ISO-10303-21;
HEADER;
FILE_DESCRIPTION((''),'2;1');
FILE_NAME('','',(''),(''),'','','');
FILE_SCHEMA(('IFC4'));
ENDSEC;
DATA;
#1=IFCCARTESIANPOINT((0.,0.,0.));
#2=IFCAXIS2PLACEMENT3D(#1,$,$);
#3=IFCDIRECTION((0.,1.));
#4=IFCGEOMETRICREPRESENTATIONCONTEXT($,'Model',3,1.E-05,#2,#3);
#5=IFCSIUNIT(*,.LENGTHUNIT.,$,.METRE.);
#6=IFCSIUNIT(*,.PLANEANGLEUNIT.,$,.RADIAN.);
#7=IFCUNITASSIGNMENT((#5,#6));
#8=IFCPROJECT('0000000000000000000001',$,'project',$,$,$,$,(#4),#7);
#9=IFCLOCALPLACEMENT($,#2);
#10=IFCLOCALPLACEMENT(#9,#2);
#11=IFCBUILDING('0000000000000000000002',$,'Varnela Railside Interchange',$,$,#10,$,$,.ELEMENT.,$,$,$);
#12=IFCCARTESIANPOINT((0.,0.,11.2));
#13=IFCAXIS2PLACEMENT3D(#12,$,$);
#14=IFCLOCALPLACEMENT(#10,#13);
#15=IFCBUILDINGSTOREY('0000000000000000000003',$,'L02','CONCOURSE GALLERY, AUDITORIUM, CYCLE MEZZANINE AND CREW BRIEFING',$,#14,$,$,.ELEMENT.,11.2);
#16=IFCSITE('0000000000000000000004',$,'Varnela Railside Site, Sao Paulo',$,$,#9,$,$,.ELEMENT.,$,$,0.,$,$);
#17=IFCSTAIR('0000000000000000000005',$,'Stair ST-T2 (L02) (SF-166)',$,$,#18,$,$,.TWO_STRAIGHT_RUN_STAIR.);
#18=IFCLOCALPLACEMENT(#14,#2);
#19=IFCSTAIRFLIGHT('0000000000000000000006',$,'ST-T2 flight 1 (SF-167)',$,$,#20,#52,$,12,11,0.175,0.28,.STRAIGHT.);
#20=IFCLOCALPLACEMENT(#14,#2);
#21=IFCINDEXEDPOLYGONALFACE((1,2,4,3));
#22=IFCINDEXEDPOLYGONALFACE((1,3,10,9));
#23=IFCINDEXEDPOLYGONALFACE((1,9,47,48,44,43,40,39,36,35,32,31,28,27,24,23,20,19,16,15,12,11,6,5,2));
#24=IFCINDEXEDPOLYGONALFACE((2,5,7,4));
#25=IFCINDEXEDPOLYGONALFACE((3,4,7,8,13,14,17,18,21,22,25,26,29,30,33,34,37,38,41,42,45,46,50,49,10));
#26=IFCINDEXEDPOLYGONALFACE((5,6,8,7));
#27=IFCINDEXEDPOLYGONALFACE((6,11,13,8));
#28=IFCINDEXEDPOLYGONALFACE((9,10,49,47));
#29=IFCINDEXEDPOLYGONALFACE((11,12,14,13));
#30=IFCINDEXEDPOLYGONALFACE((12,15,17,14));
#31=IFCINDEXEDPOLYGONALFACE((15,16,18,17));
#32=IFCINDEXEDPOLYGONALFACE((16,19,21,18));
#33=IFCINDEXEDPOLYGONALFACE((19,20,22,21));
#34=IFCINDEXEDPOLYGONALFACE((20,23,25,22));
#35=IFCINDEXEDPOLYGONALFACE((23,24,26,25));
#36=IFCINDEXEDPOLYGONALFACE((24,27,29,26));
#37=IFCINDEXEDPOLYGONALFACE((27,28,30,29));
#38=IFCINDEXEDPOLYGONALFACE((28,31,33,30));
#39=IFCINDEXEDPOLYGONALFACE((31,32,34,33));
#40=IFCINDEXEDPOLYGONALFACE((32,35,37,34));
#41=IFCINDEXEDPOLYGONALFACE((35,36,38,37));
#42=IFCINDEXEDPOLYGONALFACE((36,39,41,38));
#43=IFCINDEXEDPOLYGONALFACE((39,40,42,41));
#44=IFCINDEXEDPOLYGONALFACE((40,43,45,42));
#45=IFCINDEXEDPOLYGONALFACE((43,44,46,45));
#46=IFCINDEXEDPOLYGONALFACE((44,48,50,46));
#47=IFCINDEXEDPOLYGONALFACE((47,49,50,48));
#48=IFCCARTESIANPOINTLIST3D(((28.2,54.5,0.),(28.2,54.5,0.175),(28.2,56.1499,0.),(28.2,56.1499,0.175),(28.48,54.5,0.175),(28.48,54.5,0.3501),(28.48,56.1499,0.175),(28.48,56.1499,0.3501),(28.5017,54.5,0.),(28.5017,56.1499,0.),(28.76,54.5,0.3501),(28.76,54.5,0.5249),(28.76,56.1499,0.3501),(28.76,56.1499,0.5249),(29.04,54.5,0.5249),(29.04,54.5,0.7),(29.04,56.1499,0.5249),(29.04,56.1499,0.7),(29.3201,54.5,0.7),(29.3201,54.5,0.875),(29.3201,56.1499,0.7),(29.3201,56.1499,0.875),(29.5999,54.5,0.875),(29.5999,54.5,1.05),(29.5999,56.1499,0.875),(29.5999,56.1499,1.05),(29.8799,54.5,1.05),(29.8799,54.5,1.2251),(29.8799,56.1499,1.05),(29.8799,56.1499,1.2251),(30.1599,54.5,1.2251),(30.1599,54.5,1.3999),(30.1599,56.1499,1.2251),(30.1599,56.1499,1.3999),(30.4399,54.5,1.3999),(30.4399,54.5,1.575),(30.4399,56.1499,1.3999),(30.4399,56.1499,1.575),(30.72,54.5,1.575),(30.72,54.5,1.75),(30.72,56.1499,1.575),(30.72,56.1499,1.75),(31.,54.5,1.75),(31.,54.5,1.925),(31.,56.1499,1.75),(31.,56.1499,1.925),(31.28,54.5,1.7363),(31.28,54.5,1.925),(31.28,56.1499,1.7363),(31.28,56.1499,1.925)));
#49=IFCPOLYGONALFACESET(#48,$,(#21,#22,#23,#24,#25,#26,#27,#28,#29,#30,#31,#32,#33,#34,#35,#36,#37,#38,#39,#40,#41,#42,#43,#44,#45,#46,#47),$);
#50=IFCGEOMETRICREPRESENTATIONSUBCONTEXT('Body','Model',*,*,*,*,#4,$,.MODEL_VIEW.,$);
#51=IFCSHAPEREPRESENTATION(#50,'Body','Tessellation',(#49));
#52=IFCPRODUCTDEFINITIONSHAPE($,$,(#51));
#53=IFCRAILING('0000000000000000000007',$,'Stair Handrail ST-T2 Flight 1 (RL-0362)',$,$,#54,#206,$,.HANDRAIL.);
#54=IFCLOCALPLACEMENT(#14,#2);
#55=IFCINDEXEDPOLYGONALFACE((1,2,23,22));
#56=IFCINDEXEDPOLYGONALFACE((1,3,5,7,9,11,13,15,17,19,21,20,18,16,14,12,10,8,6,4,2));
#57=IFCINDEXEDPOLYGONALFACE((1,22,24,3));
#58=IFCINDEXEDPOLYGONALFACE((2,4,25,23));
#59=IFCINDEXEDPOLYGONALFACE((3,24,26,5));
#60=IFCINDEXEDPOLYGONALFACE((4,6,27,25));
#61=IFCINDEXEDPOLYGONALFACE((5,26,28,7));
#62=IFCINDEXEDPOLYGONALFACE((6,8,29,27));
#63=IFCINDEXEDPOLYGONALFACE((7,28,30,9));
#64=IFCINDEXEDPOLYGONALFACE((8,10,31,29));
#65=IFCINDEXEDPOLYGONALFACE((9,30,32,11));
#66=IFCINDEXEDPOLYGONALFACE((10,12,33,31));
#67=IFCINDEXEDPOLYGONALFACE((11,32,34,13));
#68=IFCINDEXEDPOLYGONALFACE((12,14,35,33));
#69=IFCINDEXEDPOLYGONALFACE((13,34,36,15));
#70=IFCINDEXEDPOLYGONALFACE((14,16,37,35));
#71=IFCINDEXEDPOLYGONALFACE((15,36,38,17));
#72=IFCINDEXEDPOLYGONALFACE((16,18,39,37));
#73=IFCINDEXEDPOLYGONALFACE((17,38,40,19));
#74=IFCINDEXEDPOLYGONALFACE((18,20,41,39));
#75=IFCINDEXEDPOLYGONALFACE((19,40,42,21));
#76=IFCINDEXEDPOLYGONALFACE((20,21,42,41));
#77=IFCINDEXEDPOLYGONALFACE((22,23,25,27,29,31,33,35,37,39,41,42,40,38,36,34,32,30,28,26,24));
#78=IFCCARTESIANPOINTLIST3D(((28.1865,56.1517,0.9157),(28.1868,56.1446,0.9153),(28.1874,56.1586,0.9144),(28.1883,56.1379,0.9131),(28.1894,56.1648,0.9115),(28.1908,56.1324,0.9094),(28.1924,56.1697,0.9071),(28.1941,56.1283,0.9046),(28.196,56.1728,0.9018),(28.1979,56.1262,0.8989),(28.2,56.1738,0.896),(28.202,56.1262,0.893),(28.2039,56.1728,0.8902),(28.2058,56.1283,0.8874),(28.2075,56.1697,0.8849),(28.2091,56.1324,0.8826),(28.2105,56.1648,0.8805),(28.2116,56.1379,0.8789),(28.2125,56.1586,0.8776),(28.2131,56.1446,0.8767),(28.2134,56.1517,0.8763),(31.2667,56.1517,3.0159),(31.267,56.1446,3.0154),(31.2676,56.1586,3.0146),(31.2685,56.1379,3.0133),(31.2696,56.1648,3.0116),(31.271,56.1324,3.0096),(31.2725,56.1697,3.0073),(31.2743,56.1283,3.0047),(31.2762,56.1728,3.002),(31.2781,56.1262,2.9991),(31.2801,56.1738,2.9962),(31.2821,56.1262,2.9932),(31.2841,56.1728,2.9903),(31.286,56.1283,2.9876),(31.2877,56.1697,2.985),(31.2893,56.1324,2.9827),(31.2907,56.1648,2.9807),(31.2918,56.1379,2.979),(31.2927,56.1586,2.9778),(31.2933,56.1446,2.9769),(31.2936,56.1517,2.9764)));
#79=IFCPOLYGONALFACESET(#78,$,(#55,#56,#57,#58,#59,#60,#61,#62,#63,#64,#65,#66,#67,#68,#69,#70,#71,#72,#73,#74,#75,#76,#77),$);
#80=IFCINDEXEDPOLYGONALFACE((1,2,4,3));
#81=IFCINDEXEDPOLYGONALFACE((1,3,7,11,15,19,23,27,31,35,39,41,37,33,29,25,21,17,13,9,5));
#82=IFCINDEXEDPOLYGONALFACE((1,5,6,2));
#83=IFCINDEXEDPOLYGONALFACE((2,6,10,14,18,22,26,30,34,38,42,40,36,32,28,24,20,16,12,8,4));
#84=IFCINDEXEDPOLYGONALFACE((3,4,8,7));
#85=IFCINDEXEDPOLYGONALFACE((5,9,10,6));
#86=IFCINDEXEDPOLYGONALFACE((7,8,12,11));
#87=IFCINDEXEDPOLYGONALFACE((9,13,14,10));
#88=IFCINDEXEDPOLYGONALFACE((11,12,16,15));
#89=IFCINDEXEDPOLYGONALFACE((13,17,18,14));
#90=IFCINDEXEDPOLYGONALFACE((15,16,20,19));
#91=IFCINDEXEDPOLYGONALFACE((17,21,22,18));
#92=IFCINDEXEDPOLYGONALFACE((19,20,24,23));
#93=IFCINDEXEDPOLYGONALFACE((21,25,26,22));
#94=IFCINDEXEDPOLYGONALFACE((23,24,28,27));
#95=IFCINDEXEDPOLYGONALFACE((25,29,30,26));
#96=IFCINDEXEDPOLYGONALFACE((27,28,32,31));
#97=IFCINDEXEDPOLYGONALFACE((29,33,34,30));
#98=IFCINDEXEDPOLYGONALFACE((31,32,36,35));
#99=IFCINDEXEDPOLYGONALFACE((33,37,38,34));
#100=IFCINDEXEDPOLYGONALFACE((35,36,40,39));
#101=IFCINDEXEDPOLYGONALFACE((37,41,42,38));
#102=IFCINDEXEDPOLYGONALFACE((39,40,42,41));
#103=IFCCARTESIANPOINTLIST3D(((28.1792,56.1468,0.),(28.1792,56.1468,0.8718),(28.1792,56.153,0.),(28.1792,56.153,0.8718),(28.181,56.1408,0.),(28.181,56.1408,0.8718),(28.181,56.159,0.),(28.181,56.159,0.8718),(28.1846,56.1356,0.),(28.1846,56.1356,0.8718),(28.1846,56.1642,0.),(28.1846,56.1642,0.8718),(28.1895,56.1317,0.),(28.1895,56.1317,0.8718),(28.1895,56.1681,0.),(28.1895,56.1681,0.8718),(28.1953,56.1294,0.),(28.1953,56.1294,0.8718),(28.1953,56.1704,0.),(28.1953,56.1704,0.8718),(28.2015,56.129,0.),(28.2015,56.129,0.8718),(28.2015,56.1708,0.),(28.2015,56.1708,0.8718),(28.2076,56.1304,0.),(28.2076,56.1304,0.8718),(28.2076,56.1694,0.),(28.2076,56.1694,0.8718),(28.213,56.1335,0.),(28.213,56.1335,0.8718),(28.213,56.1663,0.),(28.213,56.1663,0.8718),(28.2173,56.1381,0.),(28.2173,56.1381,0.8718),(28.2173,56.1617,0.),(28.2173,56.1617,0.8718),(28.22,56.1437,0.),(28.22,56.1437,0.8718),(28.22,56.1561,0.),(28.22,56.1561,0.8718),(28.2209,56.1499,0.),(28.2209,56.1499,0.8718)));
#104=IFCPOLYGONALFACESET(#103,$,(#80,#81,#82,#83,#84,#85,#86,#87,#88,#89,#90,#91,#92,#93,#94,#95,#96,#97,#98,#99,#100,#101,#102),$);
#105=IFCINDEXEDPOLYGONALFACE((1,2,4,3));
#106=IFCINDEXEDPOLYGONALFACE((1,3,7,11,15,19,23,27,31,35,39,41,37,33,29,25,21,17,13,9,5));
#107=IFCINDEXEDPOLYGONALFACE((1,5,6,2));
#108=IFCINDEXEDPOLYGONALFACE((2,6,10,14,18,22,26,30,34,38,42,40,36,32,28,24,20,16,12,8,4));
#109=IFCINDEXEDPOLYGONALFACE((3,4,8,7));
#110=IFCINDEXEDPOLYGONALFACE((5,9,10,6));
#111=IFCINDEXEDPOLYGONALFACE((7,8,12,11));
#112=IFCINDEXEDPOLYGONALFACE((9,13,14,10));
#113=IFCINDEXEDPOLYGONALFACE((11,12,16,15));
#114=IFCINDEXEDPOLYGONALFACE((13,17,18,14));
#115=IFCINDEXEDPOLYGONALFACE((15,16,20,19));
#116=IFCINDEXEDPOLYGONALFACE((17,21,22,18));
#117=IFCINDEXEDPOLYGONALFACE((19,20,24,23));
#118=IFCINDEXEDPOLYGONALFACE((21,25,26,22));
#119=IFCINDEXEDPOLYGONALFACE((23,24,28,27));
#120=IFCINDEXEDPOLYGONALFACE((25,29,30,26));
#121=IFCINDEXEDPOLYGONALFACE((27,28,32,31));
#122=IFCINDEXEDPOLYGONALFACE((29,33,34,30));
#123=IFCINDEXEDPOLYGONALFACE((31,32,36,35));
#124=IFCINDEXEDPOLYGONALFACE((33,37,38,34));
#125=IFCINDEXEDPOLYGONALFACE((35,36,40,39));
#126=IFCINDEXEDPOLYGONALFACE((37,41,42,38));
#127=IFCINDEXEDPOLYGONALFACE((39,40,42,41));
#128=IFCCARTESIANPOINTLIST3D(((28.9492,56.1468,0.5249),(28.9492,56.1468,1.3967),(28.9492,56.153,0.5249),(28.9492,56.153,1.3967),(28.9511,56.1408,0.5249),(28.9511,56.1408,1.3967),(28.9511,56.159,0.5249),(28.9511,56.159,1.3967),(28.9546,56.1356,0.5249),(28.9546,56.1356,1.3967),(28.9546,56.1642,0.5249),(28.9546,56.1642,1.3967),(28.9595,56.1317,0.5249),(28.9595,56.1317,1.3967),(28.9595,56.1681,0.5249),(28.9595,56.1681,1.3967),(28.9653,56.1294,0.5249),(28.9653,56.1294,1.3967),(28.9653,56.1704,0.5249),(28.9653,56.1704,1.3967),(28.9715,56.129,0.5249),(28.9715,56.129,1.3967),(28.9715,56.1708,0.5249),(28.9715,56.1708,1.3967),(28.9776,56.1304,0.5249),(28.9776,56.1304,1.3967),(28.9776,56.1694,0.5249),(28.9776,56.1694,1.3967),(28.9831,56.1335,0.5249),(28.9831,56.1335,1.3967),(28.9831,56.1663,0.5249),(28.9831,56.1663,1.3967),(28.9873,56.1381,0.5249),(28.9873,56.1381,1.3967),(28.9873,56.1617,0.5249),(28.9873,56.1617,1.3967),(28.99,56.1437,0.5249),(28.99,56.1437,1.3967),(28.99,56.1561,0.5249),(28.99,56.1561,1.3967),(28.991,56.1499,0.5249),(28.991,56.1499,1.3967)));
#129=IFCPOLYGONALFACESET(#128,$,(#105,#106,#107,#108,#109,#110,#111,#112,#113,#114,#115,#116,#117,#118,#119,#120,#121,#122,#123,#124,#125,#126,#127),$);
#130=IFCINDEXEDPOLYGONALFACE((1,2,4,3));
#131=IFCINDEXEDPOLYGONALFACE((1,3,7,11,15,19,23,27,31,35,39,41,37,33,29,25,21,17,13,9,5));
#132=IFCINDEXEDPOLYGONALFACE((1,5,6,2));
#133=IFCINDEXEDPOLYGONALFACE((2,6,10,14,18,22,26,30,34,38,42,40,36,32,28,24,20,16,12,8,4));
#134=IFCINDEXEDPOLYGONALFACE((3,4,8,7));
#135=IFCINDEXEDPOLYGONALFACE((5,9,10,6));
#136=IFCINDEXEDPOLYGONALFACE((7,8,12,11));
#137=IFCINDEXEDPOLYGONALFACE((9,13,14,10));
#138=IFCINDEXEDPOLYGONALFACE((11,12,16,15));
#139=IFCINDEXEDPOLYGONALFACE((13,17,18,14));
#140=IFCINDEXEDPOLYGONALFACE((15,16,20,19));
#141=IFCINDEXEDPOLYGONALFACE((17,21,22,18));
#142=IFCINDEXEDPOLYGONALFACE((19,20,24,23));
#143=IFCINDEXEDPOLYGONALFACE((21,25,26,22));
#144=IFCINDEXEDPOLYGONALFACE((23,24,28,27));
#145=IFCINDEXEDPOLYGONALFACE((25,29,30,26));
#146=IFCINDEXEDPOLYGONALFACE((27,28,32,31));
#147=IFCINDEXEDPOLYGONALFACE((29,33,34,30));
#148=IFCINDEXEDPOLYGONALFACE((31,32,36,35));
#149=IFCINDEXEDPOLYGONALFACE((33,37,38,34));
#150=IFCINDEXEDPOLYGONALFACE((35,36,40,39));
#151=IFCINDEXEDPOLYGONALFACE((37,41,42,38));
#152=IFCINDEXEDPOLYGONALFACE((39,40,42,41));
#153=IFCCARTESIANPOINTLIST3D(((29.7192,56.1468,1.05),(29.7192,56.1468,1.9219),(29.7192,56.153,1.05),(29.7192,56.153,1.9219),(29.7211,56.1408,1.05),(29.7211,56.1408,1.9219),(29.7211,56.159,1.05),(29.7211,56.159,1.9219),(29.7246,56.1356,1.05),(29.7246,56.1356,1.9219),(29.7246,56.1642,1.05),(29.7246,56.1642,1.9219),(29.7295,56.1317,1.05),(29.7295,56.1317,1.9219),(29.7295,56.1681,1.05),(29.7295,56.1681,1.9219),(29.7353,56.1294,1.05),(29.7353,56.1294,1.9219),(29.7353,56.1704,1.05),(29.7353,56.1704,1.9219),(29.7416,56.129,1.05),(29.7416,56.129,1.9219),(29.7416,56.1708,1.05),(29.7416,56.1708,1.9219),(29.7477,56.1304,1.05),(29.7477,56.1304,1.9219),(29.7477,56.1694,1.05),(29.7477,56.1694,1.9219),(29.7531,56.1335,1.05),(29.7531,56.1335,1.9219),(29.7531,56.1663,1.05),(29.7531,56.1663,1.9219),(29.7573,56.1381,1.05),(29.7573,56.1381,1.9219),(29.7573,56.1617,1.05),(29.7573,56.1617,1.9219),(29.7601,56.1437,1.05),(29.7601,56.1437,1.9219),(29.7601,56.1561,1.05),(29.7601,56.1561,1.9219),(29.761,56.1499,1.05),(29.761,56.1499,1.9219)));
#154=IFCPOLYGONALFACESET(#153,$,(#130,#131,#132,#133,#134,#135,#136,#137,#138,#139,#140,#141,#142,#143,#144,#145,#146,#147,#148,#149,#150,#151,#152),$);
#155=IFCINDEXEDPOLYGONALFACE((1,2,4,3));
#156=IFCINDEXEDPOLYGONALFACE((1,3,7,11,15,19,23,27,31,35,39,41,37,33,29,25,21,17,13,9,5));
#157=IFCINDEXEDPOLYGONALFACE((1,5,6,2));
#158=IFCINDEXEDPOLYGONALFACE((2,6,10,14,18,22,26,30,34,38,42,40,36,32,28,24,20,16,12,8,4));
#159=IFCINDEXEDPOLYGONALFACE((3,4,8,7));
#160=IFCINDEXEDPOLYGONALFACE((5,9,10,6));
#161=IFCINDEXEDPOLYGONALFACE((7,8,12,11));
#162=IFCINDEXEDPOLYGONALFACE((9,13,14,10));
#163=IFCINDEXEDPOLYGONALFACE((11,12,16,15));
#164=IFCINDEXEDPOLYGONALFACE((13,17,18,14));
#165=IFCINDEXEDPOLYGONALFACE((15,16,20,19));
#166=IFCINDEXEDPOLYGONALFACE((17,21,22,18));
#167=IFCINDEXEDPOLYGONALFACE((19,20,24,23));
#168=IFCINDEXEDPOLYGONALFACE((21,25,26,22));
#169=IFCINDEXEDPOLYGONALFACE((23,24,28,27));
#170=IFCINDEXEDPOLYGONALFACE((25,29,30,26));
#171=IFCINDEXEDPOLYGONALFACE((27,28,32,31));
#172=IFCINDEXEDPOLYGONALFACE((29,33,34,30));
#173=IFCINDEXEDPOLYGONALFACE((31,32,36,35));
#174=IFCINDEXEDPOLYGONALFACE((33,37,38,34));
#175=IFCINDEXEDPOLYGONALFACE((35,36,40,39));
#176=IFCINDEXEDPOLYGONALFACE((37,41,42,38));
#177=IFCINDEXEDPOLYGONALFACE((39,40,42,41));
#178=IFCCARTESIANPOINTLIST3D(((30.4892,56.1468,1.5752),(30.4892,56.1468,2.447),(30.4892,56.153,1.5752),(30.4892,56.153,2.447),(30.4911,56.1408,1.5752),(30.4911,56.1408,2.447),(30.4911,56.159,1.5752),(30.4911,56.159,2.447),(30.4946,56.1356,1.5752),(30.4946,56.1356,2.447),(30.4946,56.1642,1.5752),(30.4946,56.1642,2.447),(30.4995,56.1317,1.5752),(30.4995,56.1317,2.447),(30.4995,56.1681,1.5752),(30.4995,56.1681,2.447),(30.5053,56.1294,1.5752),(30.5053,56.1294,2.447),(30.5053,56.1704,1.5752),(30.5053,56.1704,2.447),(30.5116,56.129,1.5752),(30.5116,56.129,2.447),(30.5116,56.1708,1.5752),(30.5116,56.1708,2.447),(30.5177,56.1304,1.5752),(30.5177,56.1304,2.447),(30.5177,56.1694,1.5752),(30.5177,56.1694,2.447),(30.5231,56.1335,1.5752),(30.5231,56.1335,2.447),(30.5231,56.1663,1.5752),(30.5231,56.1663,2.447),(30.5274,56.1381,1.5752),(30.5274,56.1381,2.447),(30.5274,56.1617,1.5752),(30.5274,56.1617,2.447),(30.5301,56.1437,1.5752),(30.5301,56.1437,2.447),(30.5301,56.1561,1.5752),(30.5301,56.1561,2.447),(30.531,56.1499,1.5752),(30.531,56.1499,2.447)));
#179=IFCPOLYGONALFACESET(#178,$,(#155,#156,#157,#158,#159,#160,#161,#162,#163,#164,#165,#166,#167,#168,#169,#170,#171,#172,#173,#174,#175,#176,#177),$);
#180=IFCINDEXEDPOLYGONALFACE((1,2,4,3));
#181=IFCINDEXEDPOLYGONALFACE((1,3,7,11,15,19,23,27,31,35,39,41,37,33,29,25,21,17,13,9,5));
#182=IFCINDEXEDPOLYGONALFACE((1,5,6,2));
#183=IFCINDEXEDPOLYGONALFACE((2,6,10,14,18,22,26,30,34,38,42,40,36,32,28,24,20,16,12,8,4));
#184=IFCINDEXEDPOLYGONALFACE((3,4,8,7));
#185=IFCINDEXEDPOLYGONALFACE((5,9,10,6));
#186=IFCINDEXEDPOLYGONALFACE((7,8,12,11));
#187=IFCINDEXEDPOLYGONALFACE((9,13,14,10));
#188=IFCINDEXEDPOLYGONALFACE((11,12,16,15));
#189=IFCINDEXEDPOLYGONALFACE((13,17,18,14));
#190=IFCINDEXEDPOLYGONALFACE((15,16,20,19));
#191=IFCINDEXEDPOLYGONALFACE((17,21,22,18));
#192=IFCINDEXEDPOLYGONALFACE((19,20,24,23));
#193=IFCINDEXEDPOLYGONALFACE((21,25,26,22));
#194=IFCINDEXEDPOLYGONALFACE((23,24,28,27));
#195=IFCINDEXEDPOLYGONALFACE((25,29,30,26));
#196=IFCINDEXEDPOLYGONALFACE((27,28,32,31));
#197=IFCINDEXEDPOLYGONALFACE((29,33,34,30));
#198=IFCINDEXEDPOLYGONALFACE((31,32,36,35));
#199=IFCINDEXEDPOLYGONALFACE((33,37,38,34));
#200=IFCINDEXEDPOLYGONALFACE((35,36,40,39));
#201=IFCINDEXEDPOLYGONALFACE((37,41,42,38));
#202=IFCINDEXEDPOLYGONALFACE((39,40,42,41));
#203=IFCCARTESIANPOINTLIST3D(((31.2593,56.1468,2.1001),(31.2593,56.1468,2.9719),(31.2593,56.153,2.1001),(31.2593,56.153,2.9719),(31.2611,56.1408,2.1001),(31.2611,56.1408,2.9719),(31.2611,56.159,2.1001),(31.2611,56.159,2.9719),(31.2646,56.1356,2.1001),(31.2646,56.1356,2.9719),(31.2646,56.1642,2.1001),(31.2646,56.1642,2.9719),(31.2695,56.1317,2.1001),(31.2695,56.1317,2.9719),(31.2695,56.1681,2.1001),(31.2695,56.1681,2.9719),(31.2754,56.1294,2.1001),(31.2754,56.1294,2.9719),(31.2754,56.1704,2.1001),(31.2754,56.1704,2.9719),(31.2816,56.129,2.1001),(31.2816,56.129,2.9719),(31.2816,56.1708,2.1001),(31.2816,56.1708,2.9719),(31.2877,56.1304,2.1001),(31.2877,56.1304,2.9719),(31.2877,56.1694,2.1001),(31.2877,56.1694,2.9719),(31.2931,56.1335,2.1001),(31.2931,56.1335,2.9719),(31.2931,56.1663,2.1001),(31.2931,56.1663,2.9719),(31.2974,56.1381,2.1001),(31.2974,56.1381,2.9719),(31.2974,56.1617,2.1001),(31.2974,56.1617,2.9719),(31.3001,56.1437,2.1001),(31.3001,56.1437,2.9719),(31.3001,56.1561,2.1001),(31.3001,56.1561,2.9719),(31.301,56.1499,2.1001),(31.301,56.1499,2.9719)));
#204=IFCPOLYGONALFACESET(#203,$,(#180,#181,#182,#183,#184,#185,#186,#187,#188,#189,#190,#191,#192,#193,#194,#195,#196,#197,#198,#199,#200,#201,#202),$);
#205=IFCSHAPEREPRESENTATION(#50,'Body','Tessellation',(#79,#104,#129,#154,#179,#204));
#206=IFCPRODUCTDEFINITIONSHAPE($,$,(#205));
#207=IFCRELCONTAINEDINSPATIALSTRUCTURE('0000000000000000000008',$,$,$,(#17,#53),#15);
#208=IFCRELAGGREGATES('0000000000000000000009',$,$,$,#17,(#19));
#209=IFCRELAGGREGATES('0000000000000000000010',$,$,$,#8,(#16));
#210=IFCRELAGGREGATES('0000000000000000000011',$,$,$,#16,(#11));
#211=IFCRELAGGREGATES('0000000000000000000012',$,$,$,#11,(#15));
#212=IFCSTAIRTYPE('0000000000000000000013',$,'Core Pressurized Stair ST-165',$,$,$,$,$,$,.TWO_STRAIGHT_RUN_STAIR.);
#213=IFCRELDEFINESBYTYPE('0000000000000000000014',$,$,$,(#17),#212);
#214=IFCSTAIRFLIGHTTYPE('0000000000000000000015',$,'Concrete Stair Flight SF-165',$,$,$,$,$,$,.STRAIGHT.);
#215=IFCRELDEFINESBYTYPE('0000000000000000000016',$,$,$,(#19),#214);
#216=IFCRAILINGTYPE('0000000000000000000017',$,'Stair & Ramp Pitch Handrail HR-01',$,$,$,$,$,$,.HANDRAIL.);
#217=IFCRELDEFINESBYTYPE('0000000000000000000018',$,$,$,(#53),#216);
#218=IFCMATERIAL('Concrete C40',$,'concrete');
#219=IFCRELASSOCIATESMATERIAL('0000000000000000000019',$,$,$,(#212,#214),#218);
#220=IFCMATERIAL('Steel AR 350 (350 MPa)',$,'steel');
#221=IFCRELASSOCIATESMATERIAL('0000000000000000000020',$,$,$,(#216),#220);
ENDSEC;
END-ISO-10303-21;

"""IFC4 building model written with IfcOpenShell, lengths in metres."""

from ifc_helpers import new_model, si_unit, direction, frame, origin, origin_2d, place, context, subcontext, project, spatial, polyline, circle, outline, extrude, material, type_object, element, aggregate, save


model = new_model("IFC4")

# Units and contexts
model_context = context("Model", 3, precision=1e-05, world=origin(), true_north=direction((0.0, 1.0)))
body_context = subcontext(model_context, "Body", "Model", "MODEL_VIEW")
ifc_project = project(units=[si_unit("LENGTHUNIT", "METRE"), si_unit("PLANEANGLEUNIT", "RADIAN")], contexts=[model_context])

# Site, building, storey
site_placement = place(None, origin())
site = spatial("IfcSite", under=ifc_project, at=site_placement, Name="Varnela Railside Site, Sao Paulo", CompositionType="ELEMENT", RefElevation=0.0)
building_placement = place(site_placement, origin())
building = spatial("IfcBuilding", under=site, at=building_placement, Name="Varnela Railside Interchange", CompositionType="ELEMENT")
storey_placement = place(building_placement, frame((0.0, 0.0, 11.2)))
storey = spatial("IfcBuildingStorey", under=building, at=storey_placement, Name="L02", Description="CONCOURSE GALLERY, AUDITORIUM, CYCLE MEZZANINE AND CREW BRIEFING", CompositionType="ELEMENT", Elevation=11.2)

# Shared definitions
ifc_material_1 = material(Name="Concrete C40", Category="concrete")

# Shared definitions
ifc_material_2 = material(Name="Steel AR 350 (350 MPa)", Category="steel")

# Stair, stair flight
stair_type = type_object("IfcStairType", Name="Core Pressurized Stair ST-165", PredefinedType="TWO_STRAIGHT_RUN_STAIR", material=ifc_material_1)
stair_placement = place(storey_placement, origin())
stair = element("IfcStair", 1, at=stair_placement, inside=storey, type_object=stair_type, Name="Stair ST-T2 (L02) (SF-166)", PredefinedType="TWO_STRAIGHT_RUN_STAIR")
stair_flight_type = type_object("IfcStairFlightType", Name="Concrete Stair Flight SF-165", PredefinedType="STRAIGHT", material=ifc_material_1)
stair_flight_placement = place(storey_placement, frame((28.2, 55.325, 0.0), z_axis=(0.0, 0.0, 1.0), x_axis=(1.0, 0.0, 0.0)))
stair_flight = element("IfcStairFlight", 2, at=stair_flight_placement, type_object=stair_flight_type, Name="ST-T2 flight 1 (SF-167)", NumberOfRisers=12, NumberOfTreads=11, PredefinedType="STRAIGHT", RiserHeight=0.175, TreadLength=0.28, context=body_context, shape_type="SweptSolid", body=[
    extrude(outline(polyline([(0.0, 0.0), (0.0, 0.175), (0.28, 0.175), (0.28, 0.3501), (0.5601, 0.3501), (0.5601, 0.5249), (0.8401, 0.5249), (0.8401, 0.7), (1.1201, 0.7), (1.1201, 0.875), (1.3999, 0.875), (1.3999, 1.05), (1.6799, 1.05), (1.6799, 1.2251), (1.96, 1.2251), (1.96, 1.3999), (2.24, 1.3999), (2.24, 1.575), (2.52, 1.575), (2.52, 1.75), (2.8, 1.75), (2.8, 1.925), (3.0801, 1.925), (3.0801, 2.1001), (3.0801, 1.7363), (0.3018, 0.0), (0.0, 0.0)])), frame((0.0, 0.825, 0.0), z_axis=(0.0, -1.0, 0.0), x_axis=(1.0, 0.0, 0.0)), (0.0, 0.0, 1.0), 1.6499),
])
aggregate(stair, [stair_flight])

# Railing
railing_type_1 = type_object("IfcRailingType", Name="Stair & Ramp Pitch Handrail HR-01", PredefinedType="HANDRAIL", material=ifc_material_2)
railing_1_placement = place(storey_placement, frame((28.2, 56.1499, 0.0)))
element("IfcRailing", 3, at=railing_1_placement, inside=storey, type_object=railing_type_1, Name="Stair Handrail ST-T2 Flight 1 (RL-0362)", PredefinedType="HANDRAIL", context=body_context, shape_type="SweptSolid", body=[
    extrude(circle(Radius=0.0239, at=origin_2d()), frame((0.0, 0.0, 0.896), z_axis=(0.826222, 0.0, 0.563345), x_axis=(0.0, 1.0, 0.0)), (0.0, 0.0, 1.0), 3.728),
    extrude(circle(Radius=0.021, at=origin_2d()), origin(), (0.0, 0.0, 1.0), 0.8718),
    extrude(circle(Radius=0.021, at=origin_2d()), frame((0.77, 0.0, 0.5249)), (0.0, 0.0, 1.0), 0.8718),
    extrude(circle(Radius=0.021, at=origin_2d()), frame((1.54, 0.0, 1.05)), (0.0, 0.0, 1.0), 0.8718),
    extrude(circle(Radius=0.021, at=origin_2d()), frame((2.3101, 0.0, 1.5752)), (0.0, 0.0, 1.0), 0.8718),
    extrude(circle(Radius=0.021, at=origin_2d()), frame((3.0801, 0.0, 2.1001)), (0.0, 0.0, 1.0), 0.8718),
])

save(model, "model.ifc")
